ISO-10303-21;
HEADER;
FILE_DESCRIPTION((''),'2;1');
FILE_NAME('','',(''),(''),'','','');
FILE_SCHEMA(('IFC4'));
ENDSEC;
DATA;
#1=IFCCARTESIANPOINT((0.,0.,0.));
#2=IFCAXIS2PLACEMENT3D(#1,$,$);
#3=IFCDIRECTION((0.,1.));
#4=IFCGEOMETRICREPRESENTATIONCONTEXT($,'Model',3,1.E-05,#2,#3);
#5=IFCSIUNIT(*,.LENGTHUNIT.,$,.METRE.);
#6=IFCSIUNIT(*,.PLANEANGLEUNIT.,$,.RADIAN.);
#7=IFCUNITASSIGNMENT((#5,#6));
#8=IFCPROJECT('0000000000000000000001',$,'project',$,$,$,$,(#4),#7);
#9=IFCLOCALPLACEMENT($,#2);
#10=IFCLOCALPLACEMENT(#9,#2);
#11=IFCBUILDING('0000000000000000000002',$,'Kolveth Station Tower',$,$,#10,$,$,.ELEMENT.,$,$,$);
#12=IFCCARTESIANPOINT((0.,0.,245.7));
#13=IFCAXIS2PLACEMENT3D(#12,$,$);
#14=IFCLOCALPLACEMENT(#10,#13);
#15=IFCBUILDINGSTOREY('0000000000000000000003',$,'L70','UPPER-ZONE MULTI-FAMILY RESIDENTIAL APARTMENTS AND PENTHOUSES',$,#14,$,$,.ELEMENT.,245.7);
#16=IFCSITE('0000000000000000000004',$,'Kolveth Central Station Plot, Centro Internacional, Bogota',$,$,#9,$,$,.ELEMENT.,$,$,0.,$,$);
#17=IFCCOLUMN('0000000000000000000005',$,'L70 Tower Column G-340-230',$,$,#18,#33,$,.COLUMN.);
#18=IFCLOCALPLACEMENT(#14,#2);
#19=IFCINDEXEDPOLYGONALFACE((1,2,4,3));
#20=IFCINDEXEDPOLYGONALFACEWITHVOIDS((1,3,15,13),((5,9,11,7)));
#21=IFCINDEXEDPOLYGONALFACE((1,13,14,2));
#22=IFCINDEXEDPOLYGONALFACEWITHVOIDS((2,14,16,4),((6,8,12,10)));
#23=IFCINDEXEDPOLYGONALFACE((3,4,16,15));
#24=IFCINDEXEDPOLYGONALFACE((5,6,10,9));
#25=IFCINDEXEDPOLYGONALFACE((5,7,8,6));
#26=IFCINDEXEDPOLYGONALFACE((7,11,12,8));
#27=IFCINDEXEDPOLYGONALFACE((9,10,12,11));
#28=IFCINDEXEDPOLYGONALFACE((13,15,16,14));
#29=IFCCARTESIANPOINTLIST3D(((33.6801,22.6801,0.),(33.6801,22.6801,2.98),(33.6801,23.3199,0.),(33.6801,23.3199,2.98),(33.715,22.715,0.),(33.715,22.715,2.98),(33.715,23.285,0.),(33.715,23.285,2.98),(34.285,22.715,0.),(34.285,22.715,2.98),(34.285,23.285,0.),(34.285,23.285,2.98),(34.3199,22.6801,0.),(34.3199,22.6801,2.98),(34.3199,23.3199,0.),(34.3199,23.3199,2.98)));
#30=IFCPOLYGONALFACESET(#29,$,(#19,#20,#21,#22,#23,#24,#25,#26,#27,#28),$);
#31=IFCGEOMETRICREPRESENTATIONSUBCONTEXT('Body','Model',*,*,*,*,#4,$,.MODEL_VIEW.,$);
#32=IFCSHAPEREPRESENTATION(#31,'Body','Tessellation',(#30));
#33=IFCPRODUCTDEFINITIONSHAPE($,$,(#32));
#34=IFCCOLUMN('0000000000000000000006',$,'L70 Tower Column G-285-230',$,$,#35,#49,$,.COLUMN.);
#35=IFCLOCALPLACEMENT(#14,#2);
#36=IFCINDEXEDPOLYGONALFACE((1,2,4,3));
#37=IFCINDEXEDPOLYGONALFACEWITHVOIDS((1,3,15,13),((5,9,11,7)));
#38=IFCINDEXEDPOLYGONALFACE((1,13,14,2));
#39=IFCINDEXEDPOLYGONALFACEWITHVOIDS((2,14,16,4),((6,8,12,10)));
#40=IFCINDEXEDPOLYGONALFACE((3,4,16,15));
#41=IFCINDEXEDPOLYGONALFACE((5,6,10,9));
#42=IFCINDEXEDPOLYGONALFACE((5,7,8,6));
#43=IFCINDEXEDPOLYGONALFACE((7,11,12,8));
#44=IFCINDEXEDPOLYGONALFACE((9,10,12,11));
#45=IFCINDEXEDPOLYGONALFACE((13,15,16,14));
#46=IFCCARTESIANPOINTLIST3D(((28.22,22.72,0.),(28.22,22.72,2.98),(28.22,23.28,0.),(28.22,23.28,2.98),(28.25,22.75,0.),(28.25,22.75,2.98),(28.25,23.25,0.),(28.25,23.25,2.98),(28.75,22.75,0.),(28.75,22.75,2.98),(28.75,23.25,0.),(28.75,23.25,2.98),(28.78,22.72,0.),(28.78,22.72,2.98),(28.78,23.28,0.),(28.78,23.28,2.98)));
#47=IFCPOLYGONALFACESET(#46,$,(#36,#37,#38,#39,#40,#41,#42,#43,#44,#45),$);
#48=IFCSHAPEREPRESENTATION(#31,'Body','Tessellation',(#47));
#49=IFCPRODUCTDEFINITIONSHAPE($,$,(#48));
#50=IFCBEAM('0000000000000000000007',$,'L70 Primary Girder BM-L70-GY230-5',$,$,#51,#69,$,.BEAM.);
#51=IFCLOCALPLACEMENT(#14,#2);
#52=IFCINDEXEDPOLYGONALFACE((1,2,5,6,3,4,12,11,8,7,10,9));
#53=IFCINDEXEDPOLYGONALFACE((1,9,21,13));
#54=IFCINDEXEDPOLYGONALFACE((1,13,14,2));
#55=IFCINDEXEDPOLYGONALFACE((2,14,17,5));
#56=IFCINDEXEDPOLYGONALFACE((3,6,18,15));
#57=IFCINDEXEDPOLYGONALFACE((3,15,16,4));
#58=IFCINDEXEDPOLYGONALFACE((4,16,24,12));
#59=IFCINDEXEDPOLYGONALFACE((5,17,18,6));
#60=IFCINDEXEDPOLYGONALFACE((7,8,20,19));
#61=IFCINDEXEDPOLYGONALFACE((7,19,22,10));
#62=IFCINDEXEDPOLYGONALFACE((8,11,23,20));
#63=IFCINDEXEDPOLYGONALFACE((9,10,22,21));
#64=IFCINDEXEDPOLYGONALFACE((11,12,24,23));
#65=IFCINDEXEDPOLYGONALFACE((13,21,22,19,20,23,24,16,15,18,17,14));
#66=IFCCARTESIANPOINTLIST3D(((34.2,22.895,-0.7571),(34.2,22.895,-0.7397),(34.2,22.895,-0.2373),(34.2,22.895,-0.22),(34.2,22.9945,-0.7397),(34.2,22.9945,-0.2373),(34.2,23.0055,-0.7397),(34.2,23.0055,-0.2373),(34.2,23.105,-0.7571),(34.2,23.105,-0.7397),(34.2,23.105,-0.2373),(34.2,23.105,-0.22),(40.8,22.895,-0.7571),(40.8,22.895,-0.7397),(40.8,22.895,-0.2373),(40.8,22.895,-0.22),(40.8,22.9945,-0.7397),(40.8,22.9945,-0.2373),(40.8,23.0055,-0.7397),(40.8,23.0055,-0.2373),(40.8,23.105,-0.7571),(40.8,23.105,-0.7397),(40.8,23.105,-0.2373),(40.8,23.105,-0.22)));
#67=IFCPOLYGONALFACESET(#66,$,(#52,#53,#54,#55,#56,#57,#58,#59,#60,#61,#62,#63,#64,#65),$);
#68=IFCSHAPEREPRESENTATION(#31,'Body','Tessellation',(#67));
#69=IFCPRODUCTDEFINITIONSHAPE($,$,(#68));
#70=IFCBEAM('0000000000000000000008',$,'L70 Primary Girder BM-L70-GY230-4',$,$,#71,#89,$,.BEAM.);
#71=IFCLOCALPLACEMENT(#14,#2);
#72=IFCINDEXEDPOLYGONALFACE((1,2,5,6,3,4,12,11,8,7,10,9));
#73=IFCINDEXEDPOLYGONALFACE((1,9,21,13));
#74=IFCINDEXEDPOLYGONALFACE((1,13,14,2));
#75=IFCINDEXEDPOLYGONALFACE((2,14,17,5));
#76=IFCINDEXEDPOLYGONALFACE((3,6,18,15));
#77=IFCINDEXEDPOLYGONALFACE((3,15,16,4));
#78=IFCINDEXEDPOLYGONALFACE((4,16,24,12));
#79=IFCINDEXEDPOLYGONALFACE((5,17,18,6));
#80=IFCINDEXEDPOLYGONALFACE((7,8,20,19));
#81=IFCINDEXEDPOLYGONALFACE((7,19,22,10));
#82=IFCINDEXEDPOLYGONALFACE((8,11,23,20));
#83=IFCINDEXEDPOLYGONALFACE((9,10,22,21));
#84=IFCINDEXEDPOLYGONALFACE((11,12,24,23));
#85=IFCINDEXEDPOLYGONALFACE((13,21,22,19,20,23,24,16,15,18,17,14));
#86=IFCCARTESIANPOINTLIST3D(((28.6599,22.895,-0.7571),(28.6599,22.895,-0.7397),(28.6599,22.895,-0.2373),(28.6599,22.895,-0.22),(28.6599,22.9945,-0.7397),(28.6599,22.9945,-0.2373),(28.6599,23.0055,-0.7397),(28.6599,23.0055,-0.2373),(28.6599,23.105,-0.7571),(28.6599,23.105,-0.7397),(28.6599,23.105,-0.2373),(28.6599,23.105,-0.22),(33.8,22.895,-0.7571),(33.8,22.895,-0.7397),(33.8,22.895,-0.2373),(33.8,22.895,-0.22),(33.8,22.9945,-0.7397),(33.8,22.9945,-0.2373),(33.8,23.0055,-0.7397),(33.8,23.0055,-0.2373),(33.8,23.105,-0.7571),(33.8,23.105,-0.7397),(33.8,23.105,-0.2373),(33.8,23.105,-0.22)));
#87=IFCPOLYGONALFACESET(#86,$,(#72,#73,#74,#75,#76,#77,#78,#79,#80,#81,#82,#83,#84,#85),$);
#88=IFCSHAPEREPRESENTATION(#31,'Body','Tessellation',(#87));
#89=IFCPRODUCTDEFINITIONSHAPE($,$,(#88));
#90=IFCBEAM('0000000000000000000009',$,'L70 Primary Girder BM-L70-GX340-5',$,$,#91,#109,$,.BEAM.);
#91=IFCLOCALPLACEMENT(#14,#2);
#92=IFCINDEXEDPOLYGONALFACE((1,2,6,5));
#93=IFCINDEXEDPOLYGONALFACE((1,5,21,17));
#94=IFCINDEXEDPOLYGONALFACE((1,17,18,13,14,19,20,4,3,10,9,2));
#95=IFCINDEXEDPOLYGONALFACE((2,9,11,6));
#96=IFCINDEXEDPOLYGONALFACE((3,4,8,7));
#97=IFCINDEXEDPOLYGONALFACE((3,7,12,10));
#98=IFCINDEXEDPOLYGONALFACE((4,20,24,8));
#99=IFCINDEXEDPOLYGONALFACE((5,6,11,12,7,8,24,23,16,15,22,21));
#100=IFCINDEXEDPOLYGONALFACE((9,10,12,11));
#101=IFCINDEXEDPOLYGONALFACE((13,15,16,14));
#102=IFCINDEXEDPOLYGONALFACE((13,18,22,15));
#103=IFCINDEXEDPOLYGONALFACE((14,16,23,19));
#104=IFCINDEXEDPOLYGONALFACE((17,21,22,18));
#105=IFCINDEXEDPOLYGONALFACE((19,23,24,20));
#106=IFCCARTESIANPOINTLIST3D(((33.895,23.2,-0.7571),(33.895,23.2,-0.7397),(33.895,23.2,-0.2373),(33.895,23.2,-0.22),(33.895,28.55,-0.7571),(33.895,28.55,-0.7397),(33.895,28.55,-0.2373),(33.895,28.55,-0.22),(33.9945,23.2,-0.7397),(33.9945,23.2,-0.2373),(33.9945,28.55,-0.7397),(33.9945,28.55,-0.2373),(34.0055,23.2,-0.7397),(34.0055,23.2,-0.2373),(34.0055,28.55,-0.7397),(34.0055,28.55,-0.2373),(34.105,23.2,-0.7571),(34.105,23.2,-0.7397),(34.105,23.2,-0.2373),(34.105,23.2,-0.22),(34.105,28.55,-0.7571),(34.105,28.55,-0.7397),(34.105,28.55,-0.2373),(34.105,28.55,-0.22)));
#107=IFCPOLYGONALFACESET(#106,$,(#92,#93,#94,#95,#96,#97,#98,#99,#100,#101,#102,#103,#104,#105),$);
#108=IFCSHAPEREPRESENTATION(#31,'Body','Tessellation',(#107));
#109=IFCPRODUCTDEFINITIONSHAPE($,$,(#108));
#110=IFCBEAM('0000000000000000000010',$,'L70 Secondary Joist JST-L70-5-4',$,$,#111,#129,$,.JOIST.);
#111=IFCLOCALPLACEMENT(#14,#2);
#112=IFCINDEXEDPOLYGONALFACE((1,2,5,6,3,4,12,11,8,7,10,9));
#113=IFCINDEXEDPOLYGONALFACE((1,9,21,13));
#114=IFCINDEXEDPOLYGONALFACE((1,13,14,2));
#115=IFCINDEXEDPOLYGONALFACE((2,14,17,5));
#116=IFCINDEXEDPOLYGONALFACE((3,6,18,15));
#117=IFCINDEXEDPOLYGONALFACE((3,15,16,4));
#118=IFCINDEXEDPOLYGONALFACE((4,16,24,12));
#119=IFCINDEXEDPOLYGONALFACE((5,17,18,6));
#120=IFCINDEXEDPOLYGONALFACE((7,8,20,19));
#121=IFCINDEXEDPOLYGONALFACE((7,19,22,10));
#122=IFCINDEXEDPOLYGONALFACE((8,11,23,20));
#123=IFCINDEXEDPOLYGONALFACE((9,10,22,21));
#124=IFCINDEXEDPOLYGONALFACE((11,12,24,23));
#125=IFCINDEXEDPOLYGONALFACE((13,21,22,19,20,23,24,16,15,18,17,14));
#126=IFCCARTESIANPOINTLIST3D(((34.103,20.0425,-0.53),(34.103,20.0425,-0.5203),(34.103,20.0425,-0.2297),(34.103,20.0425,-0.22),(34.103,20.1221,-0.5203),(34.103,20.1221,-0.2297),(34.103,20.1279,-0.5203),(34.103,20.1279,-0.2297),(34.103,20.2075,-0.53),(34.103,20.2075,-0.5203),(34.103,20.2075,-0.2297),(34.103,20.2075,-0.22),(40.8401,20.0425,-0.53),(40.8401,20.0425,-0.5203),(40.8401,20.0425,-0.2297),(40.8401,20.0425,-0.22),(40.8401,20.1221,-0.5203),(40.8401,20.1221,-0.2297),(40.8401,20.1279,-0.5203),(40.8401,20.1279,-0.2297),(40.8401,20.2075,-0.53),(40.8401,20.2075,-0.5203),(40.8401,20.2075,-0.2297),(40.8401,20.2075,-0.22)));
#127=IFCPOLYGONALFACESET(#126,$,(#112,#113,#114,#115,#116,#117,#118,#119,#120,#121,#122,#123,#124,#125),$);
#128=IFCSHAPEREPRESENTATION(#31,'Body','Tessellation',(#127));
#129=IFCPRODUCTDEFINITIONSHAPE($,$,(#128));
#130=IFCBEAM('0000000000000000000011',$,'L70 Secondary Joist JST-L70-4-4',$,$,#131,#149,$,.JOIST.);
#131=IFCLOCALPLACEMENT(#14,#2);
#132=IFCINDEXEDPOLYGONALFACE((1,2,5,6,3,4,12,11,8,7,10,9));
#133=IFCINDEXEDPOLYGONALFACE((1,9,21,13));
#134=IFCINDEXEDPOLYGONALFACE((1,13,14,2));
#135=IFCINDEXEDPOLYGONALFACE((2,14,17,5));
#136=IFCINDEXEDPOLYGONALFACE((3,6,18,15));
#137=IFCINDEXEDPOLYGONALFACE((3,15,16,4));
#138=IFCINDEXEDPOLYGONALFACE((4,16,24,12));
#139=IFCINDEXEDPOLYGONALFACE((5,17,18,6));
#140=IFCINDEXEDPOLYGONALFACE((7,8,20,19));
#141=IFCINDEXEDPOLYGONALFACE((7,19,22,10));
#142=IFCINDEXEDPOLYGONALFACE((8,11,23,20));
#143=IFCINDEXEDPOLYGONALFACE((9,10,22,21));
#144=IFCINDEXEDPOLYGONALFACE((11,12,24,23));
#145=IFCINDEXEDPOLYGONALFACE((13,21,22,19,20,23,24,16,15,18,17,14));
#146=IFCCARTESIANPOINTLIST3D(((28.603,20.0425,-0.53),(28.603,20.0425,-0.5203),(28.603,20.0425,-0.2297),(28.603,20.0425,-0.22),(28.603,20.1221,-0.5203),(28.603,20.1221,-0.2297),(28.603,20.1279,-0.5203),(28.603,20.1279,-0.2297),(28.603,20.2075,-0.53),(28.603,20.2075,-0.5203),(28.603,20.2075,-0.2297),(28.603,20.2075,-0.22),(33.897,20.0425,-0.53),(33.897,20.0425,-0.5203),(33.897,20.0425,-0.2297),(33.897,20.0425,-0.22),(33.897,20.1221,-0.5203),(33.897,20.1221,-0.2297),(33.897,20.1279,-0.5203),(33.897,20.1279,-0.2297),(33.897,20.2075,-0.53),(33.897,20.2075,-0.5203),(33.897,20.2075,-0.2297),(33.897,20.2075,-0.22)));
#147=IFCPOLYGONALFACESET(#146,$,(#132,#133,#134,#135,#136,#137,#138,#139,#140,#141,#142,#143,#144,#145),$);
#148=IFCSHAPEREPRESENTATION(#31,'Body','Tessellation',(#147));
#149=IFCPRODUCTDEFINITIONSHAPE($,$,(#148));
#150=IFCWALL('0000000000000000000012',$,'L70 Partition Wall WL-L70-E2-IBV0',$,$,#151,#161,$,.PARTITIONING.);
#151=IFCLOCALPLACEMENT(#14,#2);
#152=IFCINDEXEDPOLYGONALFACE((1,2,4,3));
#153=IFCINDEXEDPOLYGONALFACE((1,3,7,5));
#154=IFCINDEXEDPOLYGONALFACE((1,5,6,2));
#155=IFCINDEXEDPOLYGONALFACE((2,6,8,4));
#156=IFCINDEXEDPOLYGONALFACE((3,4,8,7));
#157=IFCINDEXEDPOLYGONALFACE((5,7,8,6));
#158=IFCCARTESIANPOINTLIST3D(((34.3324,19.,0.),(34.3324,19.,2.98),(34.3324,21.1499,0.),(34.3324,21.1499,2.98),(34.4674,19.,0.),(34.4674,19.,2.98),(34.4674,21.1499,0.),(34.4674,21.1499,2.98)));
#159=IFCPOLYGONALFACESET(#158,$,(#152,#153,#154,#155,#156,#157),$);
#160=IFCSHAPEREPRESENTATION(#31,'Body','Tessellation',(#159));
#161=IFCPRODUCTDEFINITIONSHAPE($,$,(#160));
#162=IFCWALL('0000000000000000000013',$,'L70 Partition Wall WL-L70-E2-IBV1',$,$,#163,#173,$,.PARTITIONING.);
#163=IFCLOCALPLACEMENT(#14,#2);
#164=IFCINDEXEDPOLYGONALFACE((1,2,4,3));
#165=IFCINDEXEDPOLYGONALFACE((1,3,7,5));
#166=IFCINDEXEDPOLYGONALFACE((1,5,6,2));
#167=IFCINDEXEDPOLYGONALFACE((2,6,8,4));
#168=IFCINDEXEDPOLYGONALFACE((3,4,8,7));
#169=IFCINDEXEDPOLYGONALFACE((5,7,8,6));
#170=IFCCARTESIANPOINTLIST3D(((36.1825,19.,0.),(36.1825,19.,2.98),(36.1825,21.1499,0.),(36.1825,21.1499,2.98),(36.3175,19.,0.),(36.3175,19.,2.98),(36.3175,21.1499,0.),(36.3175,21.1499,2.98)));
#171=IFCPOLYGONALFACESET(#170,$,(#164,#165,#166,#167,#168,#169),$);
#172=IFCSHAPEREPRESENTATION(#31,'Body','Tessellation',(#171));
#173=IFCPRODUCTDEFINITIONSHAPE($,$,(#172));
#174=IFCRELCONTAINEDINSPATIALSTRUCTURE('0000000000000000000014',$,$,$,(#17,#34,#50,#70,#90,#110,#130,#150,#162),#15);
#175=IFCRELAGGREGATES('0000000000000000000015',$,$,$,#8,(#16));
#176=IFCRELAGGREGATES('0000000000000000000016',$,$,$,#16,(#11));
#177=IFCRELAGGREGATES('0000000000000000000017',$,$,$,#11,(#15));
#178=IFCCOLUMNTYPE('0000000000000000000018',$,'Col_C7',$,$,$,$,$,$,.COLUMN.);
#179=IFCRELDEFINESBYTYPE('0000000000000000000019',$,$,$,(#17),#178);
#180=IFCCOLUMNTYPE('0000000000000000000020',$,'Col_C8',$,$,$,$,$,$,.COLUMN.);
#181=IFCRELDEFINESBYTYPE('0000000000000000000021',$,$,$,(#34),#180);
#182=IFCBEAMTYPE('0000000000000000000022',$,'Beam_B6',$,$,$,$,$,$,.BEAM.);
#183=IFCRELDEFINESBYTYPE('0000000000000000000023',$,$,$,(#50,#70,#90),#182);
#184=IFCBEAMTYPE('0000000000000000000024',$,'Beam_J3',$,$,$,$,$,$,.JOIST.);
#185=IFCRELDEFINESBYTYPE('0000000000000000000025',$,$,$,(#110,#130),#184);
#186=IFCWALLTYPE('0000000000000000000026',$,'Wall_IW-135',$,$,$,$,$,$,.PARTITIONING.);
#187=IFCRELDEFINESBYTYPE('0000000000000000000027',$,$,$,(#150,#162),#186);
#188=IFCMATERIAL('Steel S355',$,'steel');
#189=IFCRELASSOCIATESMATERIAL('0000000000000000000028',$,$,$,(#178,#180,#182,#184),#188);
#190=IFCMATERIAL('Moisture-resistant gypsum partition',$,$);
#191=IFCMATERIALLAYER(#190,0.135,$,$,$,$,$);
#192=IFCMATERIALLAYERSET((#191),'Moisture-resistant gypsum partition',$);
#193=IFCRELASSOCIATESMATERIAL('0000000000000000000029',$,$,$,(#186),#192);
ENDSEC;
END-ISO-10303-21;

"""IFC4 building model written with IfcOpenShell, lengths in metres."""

from ifc_helpers import new_model, si_unit, direction, frame, frame_2d, origin, origin_2d, place, context, subcontext, project, spatial, rectangle, hollow_rectangle, i_section, extrude, source, transform, mapped, material, layer, layer_set, material_profile, profile_set, type_object, element, save


model = new_model("IFC4")

# Units and contexts
model_context = context("Model", 3, precision=1e-05, world=origin(), true_north=direction((0.0, 1.0)))
body_context = subcontext(model_context, "Body", "Model", "MODEL_VIEW")
ifc_project = project(units=[si_unit("LENGTHUNIT", "METRE"), si_unit("PLANEANGLEUNIT", "RADIAN")], contexts=[model_context])

# Site, building, storey
site_placement = place(None, origin())
site = spatial("IfcSite", under=ifc_project, at=site_placement, Name="Kolveth Central Station Plot, Centro Internacional, Bogota", CompositionType="ELEMENT", RefElevation=0.0)
building_placement = place(site_placement, origin())
building = spatial("IfcBuilding", under=site, at=building_placement, Name="Kolveth Station Tower", CompositionType="ELEMENT")
storey_placement = place(building_placement, frame((0.0, 0.0, 245.7)))
storey = spatial("IfcBuildingStorey", under=building, at=storey_placement, Name="L70", Description="UPPER-ZONE MULTI-FAMILY RESIDENTIAL APARTMENTS AND PENTHOUSES", CompositionType="ELEMENT", Elevation=245.7)

# Columns
ifc_material_1 = material(Name="Steel S355", Category="steel")
ifc_material_profile_1 = material_profile(ifc_material_1, hollow_rectangle(XDim=0.6399, YDim=0.6399, WallThickness=0.0349, at=origin_2d()), Name="BOX640x640x35")
ifc_profile_set_1 = profile_set([ifc_material_profile_1], Name="Steel S355")
column_type_1 = type_object("IfcColumnType", Name="Col_C7", PredefinedType="COLUMN", material=ifc_profile_set_1)
shared_shape_1 = source(origin(), body_context, "Body", "SweptSolid", [
    extrude(hollow_rectangle(XDim=0.6399, YDim=0.6399, WallThickness=0.0349, at=origin_2d()), origin(), (0.0, 0.0, 1.0), 2.98),
])
column_1_placement = place(storey_placement, frame((34.0, 23.0, 0.0), z_axis=(0.0, 0.0, 1.0), x_axis=(1.0, 0.0, 0.0)))
element("IfcColumn", 1, at=column_1_placement, inside=storey, type_object=column_type_1, Name="L70 Tower Column G-340-230", PredefinedType="COLUMN", context=body_context, shape_type="MappedRepresentation", body=[
    mapped(shared_shape_1, transform((0.0, 0.0, 0.0), x_axis=(1.0, 0.0, 0.0), y_axis=(0.0, 1.0, 0.0), z_axis=(0.0, 0.0, 1.0), scale=1.0)),
])
ifc_material_profile_2 = material_profile(ifc_material_1, hollow_rectangle(XDim=0.5601, YDim=0.5601, WallThickness=0.03, at=origin_2d()), Name="BOX560x560x30")
ifc_profile_set_2 = profile_set([ifc_material_profile_2], Name="Steel S355")
column_type_2 = type_object("IfcColumnType", Name="Col_C8", PredefinedType="COLUMN", material=ifc_profile_set_2)
shared_shape_2 = source(origin(), body_context, "Body", "SweptSolid", [
    extrude(hollow_rectangle(XDim=0.5601, YDim=0.5601, WallThickness=0.03, at=origin_2d()), origin(), (0.0, 0.0, 1.0), 2.98),
])
column_2_placement = place(storey_placement, frame((28.5, 23.0, 0.0), z_axis=(0.0, 0.0, 1.0), x_axis=(1.0, 0.0, 0.0)))
element("IfcColumn", 2, at=column_2_placement, inside=storey, type_object=column_type_2, Name="L70 Tower Column G-285-230", PredefinedType="COLUMN", context=body_context, shape_type="MappedRepresentation", body=[
    mapped(shared_shape_2, transform((0.0, 0.0, 0.0), x_axis=(1.0, 0.0, 0.0), y_axis=(0.0, 1.0, 0.0), z_axis=(0.0, 0.0, 1.0), scale=1.0)),
])

# Beams
ifc_material_profile_3 = material_profile(ifc_material_1, i_section(OverallWidth=0.21, OverallDepth=0.5371, WebThickness=0.011, FlangeThickness=0.0173, at=origin_2d()), Name="W530x101")
ifc_profile_set_3 = profile_set([ifc_material_profile_3], Name="Steel S355")
beam_type_1 = type_object("IfcBeamType", Name="Beam_B6", PredefinedType="BEAM", material=ifc_profile_set_3)
shared_shape_3 = source(origin(), body_context, "Body", "SweptSolid", [
    extrude(i_section(OverallWidth=0.21, OverallDepth=0.5371, WebThickness=0.011, FlangeThickness=0.0173, at=origin_2d()), origin(), (0.0, 0.0, 1.0), 6.6001),
])
beam_1_placement = place(storey_placement, frame((34.2, 23.0, -0.4885), z_axis=(1.0, 0.0, 0.0), x_axis=(0.0, 1.0, 0.0)))
element("IfcBeam", 3, at=beam_1_placement, inside=storey, type_object=beam_type_1, Name="L70 Primary Girder BM-L70-GY230-5", PredefinedType="BEAM", context=body_context, shape_type="MappedRepresentation", body=[
    mapped(shared_shape_3, transform((0.0, 0.0, 0.0), x_axis=(1.0, 0.0, 0.0), y_axis=(0.0, 1.0, 0.0), z_axis=(0.0, 0.0, 1.0), scale=1.0)),
])
shared_shape_4 = source(origin(), body_context, "Body", "SweptSolid", [
    extrude(i_section(OverallWidth=0.21, OverallDepth=0.5371, WebThickness=0.011, FlangeThickness=0.0173, at=origin_2d()), origin(), (0.0, 0.0, 1.0), 5.1401),
])
beam_2_placement = place(storey_placement, frame((28.6599, 23.0, -0.4885), z_axis=(1.0, 0.0, 0.0), x_axis=(0.0, 1.0, 0.0)))
element("IfcBeam", 4, at=beam_2_placement, inside=storey, type_object=beam_type_1, Name="L70 Primary Girder BM-L70-GY230-4", PredefinedType="BEAM", context=body_context, shape_type="MappedRepresentation", body=[
    mapped(shared_shape_4, transform((0.0, 0.0, 0.0), x_axis=(1.0, 0.0, 0.0), y_axis=(0.0, 1.0, 0.0), z_axis=(0.0, 0.0, 1.0), scale=1.0)),
])
shared_shape_5 = source(origin(), body_context, "Body", "SweptSolid", [
    extrude(i_section(OverallWidth=0.21, OverallDepth=0.5371, WebThickness=0.011, FlangeThickness=0.0173, at=origin_2d()), origin(), (0.0, 0.0, 1.0), 5.3501),
])
beam_3_placement = place(storey_placement, frame((34.0, 23.2, -0.4885), z_axis=(0.0, 1.0, 0.0), x_axis=(-1.0, 0.0, 0.0)))
element("IfcBeam", 5, at=beam_3_placement, inside=storey, type_object=beam_type_1, Name="L70 Primary Girder BM-L70-GX340-5", PredefinedType="BEAM", context=body_context, shape_type="MappedRepresentation", body=[
    mapped(shared_shape_5, transform((0.0, 0.0, 0.0), x_axis=(1.0, 0.0, 0.0), y_axis=(0.0, 1.0, 0.0), z_axis=(0.0, 0.0, 1.0), scale=1.0)),
])
ifc_material_profile_4 = material_profile(ifc_material_1, i_section(OverallWidth=0.165, OverallDepth=0.3101, WebThickness=0.0059, FlangeThickness=0.0098, at=origin_2d()), Name="W310x39")
ifc_profile_set_4 = profile_set([ifc_material_profile_4], Name="Steel S355")
beam_type_2 = type_object("IfcBeamType", Name="Beam_J3", PredefinedType="JOIST", material=ifc_profile_set_4)
shared_shape_6 = source(origin(), body_context, "Body", "SweptSolid", [
    extrude(i_section(OverallWidth=0.165, OverallDepth=0.3101, WebThickness=0.0059, FlangeThickness=0.0098, at=origin_2d()), origin(), (0.0, 0.0, 1.0), 6.7371),
])
beam_4_placement = place(storey_placement, frame((34.103, 20.125, -0.375), z_axis=(1.0, 0.0, 0.0), x_axis=(0.0, 1.0, 0.0)))
element("IfcBeam", 6, at=beam_4_placement, inside=storey, type_object=beam_type_2, Name="L70 Secondary Joist JST-L70-5-4", PredefinedType="JOIST", context=body_context, shape_type="MappedRepresentation", body=[
    mapped(shared_shape_6, transform((0.0, 0.0, 0.0), x_axis=(1.0, 0.0, 0.0), y_axis=(0.0, 1.0, 0.0), z_axis=(0.0, 0.0, 1.0), scale=1.0)),
])
shared_shape_7 = source(origin(), body_context, "Body", "SweptSolid", [
    extrude(i_section(OverallWidth=0.165, OverallDepth=0.3101, WebThickness=0.0059, FlangeThickness=0.0098, at=origin_2d()), origin(), (0.0, 0.0, 1.0), 5.2939),
])
beam_5_placement = place(storey_placement, frame((28.603, 20.125, -0.375), z_axis=(1.0, 0.0, 0.0), x_axis=(0.0, 1.0, 0.0)))
element("IfcBeam", 7, at=beam_5_placement, inside=storey, type_object=beam_type_2, Name="L70 Secondary Joist JST-L70-4-4", PredefinedType="JOIST", context=body_context, shape_type="MappedRepresentation", body=[
    mapped(shared_shape_7, transform((0.0, 0.0, 0.0), x_axis=(1.0, 0.0, 0.0), y_axis=(0.0, 1.0, 0.0), z_axis=(0.0, 0.0, 1.0), scale=1.0)),
])

# Shared definitions
ifc_material_2 = material(Name="Moisture-resistant gypsum partition")
ifc_layer_1 = layer(ifc_material_2, 0.135)
ifc_layer_set_1 = layer_set([ifc_layer_1], Name="Moisture-resistant gypsum partition")
wall_type_1 = type_object("IfcWallType", Name="Wall_IW-135", PredefinedType="PARTITIONING", material=ifc_layer_set_1)

# Walls
for number, where, z_axis, x_axis, name in (
    (8, (34.3999, 19.0, 0.0), (0.0, 0.0, 1.0), (0.0, 1.0, 0.0), "L70 Partition Wall WL-L70-E2-IBV0"),
    (9, (36.25, 19.0, 0.0), (0.0, 0.0, 1.0), (0.0, 1.0, 0.0), "L70 Partition Wall WL-L70-E2-IBV1"),
):
    element("IfcWall", number, at=place(storey_placement, frame(where, z_axis=z_axis, x_axis=x_axis)), inside=storey, type_object=wall_type_1, Name=name, PredefinedType="PARTITIONING", context=body_context, shape_type="SweptSolid", body=[
        extrude(rectangle(XDim=2.1499, YDim=0.135, at=frame_2d((1.075, 0.0))), origin(), (0.0, 0.0, 1.0), 2.98),
    ])

save(model, "model.ifc")
